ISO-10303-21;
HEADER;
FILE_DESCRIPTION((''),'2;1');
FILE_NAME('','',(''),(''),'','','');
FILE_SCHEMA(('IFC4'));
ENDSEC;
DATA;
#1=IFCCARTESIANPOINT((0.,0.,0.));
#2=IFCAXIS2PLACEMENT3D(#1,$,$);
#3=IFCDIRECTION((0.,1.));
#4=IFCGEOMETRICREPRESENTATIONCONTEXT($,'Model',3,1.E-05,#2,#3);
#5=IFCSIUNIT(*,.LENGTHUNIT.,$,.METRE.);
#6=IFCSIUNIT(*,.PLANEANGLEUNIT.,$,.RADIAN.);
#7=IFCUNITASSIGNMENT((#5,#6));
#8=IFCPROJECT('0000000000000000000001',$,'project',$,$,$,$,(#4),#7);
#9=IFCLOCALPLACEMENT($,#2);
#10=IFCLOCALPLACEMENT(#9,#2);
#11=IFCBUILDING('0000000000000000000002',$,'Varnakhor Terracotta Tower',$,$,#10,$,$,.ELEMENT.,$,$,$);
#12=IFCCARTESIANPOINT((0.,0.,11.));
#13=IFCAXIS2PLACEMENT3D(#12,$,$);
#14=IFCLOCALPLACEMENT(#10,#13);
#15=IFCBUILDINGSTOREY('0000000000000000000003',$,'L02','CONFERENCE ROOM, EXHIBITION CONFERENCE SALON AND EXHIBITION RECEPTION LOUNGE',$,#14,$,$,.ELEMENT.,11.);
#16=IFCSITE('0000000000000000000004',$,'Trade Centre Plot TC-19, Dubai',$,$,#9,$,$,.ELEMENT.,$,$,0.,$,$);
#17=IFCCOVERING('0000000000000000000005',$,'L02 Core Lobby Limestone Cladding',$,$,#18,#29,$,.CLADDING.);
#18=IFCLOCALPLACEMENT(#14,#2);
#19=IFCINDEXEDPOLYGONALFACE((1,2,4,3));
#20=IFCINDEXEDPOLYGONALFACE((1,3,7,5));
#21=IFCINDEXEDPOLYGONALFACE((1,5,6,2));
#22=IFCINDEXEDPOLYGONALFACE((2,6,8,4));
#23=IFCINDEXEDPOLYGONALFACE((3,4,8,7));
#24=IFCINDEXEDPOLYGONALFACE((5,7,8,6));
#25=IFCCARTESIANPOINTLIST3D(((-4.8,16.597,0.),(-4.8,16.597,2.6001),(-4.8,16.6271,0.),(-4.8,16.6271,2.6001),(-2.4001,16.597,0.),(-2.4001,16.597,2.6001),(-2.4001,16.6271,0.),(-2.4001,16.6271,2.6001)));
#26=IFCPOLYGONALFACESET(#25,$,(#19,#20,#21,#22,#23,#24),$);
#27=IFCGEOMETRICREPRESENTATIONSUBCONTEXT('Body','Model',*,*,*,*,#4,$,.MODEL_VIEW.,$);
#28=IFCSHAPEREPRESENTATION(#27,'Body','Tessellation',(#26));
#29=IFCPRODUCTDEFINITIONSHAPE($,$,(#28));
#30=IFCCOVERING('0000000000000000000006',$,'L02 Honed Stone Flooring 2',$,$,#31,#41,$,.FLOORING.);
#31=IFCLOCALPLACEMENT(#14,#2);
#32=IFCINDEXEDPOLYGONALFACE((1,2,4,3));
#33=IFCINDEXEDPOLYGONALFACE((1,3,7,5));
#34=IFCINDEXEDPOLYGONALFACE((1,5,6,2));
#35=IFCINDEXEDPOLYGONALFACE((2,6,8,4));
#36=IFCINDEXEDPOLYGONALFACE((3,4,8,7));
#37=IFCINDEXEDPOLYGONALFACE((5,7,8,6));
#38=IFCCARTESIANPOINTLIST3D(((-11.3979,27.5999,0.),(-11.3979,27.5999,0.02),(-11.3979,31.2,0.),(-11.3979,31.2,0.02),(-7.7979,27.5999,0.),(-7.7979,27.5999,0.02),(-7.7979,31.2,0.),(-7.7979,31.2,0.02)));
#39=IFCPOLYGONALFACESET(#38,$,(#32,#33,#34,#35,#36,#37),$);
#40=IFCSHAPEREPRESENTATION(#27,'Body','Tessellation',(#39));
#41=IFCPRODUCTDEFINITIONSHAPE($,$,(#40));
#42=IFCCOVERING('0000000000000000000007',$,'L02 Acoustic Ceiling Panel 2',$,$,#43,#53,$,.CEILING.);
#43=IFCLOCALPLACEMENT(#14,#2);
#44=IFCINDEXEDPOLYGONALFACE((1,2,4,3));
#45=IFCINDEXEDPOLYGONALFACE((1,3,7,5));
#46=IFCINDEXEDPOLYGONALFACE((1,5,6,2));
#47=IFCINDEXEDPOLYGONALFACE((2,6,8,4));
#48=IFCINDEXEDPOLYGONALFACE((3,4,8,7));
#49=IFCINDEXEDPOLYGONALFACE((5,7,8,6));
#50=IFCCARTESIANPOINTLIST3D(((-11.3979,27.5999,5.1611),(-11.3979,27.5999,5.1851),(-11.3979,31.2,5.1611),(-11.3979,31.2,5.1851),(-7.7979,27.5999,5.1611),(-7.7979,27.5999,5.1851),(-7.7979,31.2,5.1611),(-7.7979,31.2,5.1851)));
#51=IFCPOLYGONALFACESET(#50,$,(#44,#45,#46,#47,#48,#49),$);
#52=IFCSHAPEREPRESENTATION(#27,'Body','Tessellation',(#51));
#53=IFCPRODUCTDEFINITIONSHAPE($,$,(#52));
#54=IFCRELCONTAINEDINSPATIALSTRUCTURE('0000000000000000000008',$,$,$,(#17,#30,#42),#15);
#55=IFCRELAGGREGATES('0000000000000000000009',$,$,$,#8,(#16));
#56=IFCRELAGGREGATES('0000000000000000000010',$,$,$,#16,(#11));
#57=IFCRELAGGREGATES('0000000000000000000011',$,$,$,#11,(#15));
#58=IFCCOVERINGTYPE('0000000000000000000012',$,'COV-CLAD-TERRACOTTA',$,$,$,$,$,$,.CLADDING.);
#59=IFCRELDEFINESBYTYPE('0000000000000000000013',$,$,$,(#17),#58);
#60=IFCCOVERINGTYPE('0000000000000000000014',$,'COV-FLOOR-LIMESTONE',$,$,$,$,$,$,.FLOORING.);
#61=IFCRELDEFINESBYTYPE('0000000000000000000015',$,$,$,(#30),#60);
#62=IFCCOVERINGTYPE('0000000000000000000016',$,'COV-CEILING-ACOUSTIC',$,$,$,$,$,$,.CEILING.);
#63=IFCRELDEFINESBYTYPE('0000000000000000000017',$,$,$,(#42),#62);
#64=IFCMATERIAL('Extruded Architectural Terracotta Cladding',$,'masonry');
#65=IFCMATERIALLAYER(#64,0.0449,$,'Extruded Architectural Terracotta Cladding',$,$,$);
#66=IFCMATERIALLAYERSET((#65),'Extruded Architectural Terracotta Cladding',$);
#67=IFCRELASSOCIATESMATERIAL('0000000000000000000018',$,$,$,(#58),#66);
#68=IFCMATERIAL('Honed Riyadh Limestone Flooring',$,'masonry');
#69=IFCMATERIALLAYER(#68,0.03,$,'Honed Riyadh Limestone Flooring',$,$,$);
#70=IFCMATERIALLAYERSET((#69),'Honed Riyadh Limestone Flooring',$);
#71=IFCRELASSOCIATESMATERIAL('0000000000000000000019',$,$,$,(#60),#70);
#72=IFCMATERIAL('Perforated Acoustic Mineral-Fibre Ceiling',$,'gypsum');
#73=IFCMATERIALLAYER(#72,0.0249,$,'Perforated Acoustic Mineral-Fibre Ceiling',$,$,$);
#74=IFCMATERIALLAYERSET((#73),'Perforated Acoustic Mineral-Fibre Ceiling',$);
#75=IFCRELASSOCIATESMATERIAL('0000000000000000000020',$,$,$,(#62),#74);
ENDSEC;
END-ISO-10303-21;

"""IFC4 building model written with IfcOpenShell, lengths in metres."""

from ifc_helpers import new_model, si_unit, direction, frame, origin, origin_2d, place, context, subcontext, project, spatial, rectangle, extrude, source, transform, mapped, material, layer, layer_set, type_object, type_shapes, element, save


model = new_model("IFC4")

# Units and contexts
model_context = context("Model", 3, precision=1e-05, world=origin(), true_north=direction((0.0, 1.0)))
body_context = subcontext(model_context, "Body", "Model", "MODEL_VIEW")
ifc_project = project(units=[si_unit("LENGTHUNIT", "METRE"), si_unit("PLANEANGLEUNIT", "RADIAN")], contexts=[model_context])

# Site, building, storey
site_placement = place(None, origin())
site = spatial("IfcSite", under=ifc_project, at=site_placement, Name="Trade Centre Plot TC-19, Dubai", CompositionType="ELEMENT", RefElevation=0.0)
building_placement = place(site_placement, origin())
building = spatial("IfcBuilding", under=site, at=building_placement, Name="Varnakhor Terracotta Tower", CompositionType="ELEMENT")
storey_placement = place(building_placement, frame((0.0, 0.0, 11.0)))
storey = spatial("IfcBuildingStorey", under=building, at=storey_placement, Name="L02", Description="CONFERENCE ROOM, EXHIBITION CONFERENCE SALON AND EXHIBITION RECEPTION LOUNGE", CompositionType="ELEMENT", Elevation=11.0)

# Coverings
ifc_material_1 = material(Name="Extruded Architectural Terracotta Cladding", Category="masonry")
ifc_layer_1 = layer(ifc_material_1, 0.0449, Name="Extruded Architectural Terracotta Cladding")
ifc_layer_set_1 = layer_set([ifc_layer_1], Name="Extruded Architectural Terracotta Cladding")
covering_type_1 = type_object("IfcCoveringType", Name="COV-CLAD-TERRACOTTA", PredefinedType="CLADDING", material=ifc_layer_set_1)
shared_shape_1 = source(origin(), body_context, "Body", "SweptSolid", [
    extrude(rectangle(XDim=2.3999, YDim=0.03, at=origin_2d()), origin(), (0.0, 0.0, 1.0), 2.6001),
])
type_shapes(covering_type_1, [shared_shape_1])
covering_1_placement = place(storey_placement, frame((-3.6001, 16.6121, 0.0), z_axis=(0.0, 0.0, 1.0), x_axis=(1.0, 0.0, 0.0)))
element("IfcCovering", 1, at=covering_1_placement, inside=storey, type_object=covering_type_1, Name="L02 Core Lobby Limestone Cladding", PredefinedType="CLADDING", context=body_context, shape_type="MappedRepresentation", body=[
    mapped(shared_shape_1, transform((0.0, 0.0, 0.0), scale=1.0)),
])
ifc_material_2 = material(Name="Honed Riyadh Limestone Flooring", Category="masonry")
ifc_layer_2 = layer(ifc_material_2, 0.03, Name="Honed Riyadh Limestone Flooring")
ifc_layer_set_2 = layer_set([ifc_layer_2], Name="Honed Riyadh Limestone Flooring")
covering_type_2 = type_object("IfcCoveringType", Name="COV-FLOOR-LIMESTONE", PredefinedType="FLOORING", material=ifc_layer_set_2)
shared_shape_2 = source(origin(), body_context, "Body", "SweptSolid", [
    extrude(rectangle(XDim=3.6001, YDim=3.6001, at=origin_2d()), origin(), (0.0, 0.0, 1.0), 0.02),
])
covering_2_placement = place(storey_placement, frame((-9.5979, 29.3999, 0.0), z_axis=(0.0, 0.0, 1.0), x_axis=(1.0, 0.0, 0.0)))
element("IfcCovering", 2, at=covering_2_placement, inside=storey, type_object=covering_type_2, Name="L02 Honed Stone Flooring 2", PredefinedType="FLOORING", context=body_context, shape_type="MappedRepresentation", body=[
    mapped(shared_shape_2, transform((0.0, 0.0, 0.0), scale=1.0)),
])
ifc_material_3 = material(Name="Perforated Acoustic Mineral-Fibre Ceiling", Category="gypsum")
ifc_layer_3 = layer(ifc_material_3, 0.0249, Name="Perforated Acoustic Mineral-Fibre Ceiling")
ifc_layer_set_3 = layer_set([ifc_layer_3], Name="Perforated Acoustic Mineral-Fibre Ceiling")
covering_type_3 = type_object("IfcCoveringType", Name="COV-CEILING-ACOUSTIC", PredefinedType="CEILING", material=ifc_layer_set_3)
shared_shape_3 = source(origin(), body_context, "Body", "SweptSolid", [
    extrude(rectangle(XDim=3.6001, YDim=3.6001, at=origin_2d()), origin(), (0.0, 0.0, 1.0), 0.0239),
])
covering_3_placement = place(storey_placement, frame((-9.5979, 29.3999, 5.1611), z_axis=(0.0, 0.0, 1.0), x_axis=(1.0, 0.0, 0.0)))
element("IfcCovering", 3, at=covering_3_placement, inside=storey, type_object=covering_type_3, Name="L02 Acoustic Ceiling Panel 2", PredefinedType="CEILING", context=body_context, shape_type="MappedRepresentation", body=[
    mapped(shared_shape_3, transform((0.0, 0.0, 0.0), scale=1.0)),
])

save(model, "model.ifc")
